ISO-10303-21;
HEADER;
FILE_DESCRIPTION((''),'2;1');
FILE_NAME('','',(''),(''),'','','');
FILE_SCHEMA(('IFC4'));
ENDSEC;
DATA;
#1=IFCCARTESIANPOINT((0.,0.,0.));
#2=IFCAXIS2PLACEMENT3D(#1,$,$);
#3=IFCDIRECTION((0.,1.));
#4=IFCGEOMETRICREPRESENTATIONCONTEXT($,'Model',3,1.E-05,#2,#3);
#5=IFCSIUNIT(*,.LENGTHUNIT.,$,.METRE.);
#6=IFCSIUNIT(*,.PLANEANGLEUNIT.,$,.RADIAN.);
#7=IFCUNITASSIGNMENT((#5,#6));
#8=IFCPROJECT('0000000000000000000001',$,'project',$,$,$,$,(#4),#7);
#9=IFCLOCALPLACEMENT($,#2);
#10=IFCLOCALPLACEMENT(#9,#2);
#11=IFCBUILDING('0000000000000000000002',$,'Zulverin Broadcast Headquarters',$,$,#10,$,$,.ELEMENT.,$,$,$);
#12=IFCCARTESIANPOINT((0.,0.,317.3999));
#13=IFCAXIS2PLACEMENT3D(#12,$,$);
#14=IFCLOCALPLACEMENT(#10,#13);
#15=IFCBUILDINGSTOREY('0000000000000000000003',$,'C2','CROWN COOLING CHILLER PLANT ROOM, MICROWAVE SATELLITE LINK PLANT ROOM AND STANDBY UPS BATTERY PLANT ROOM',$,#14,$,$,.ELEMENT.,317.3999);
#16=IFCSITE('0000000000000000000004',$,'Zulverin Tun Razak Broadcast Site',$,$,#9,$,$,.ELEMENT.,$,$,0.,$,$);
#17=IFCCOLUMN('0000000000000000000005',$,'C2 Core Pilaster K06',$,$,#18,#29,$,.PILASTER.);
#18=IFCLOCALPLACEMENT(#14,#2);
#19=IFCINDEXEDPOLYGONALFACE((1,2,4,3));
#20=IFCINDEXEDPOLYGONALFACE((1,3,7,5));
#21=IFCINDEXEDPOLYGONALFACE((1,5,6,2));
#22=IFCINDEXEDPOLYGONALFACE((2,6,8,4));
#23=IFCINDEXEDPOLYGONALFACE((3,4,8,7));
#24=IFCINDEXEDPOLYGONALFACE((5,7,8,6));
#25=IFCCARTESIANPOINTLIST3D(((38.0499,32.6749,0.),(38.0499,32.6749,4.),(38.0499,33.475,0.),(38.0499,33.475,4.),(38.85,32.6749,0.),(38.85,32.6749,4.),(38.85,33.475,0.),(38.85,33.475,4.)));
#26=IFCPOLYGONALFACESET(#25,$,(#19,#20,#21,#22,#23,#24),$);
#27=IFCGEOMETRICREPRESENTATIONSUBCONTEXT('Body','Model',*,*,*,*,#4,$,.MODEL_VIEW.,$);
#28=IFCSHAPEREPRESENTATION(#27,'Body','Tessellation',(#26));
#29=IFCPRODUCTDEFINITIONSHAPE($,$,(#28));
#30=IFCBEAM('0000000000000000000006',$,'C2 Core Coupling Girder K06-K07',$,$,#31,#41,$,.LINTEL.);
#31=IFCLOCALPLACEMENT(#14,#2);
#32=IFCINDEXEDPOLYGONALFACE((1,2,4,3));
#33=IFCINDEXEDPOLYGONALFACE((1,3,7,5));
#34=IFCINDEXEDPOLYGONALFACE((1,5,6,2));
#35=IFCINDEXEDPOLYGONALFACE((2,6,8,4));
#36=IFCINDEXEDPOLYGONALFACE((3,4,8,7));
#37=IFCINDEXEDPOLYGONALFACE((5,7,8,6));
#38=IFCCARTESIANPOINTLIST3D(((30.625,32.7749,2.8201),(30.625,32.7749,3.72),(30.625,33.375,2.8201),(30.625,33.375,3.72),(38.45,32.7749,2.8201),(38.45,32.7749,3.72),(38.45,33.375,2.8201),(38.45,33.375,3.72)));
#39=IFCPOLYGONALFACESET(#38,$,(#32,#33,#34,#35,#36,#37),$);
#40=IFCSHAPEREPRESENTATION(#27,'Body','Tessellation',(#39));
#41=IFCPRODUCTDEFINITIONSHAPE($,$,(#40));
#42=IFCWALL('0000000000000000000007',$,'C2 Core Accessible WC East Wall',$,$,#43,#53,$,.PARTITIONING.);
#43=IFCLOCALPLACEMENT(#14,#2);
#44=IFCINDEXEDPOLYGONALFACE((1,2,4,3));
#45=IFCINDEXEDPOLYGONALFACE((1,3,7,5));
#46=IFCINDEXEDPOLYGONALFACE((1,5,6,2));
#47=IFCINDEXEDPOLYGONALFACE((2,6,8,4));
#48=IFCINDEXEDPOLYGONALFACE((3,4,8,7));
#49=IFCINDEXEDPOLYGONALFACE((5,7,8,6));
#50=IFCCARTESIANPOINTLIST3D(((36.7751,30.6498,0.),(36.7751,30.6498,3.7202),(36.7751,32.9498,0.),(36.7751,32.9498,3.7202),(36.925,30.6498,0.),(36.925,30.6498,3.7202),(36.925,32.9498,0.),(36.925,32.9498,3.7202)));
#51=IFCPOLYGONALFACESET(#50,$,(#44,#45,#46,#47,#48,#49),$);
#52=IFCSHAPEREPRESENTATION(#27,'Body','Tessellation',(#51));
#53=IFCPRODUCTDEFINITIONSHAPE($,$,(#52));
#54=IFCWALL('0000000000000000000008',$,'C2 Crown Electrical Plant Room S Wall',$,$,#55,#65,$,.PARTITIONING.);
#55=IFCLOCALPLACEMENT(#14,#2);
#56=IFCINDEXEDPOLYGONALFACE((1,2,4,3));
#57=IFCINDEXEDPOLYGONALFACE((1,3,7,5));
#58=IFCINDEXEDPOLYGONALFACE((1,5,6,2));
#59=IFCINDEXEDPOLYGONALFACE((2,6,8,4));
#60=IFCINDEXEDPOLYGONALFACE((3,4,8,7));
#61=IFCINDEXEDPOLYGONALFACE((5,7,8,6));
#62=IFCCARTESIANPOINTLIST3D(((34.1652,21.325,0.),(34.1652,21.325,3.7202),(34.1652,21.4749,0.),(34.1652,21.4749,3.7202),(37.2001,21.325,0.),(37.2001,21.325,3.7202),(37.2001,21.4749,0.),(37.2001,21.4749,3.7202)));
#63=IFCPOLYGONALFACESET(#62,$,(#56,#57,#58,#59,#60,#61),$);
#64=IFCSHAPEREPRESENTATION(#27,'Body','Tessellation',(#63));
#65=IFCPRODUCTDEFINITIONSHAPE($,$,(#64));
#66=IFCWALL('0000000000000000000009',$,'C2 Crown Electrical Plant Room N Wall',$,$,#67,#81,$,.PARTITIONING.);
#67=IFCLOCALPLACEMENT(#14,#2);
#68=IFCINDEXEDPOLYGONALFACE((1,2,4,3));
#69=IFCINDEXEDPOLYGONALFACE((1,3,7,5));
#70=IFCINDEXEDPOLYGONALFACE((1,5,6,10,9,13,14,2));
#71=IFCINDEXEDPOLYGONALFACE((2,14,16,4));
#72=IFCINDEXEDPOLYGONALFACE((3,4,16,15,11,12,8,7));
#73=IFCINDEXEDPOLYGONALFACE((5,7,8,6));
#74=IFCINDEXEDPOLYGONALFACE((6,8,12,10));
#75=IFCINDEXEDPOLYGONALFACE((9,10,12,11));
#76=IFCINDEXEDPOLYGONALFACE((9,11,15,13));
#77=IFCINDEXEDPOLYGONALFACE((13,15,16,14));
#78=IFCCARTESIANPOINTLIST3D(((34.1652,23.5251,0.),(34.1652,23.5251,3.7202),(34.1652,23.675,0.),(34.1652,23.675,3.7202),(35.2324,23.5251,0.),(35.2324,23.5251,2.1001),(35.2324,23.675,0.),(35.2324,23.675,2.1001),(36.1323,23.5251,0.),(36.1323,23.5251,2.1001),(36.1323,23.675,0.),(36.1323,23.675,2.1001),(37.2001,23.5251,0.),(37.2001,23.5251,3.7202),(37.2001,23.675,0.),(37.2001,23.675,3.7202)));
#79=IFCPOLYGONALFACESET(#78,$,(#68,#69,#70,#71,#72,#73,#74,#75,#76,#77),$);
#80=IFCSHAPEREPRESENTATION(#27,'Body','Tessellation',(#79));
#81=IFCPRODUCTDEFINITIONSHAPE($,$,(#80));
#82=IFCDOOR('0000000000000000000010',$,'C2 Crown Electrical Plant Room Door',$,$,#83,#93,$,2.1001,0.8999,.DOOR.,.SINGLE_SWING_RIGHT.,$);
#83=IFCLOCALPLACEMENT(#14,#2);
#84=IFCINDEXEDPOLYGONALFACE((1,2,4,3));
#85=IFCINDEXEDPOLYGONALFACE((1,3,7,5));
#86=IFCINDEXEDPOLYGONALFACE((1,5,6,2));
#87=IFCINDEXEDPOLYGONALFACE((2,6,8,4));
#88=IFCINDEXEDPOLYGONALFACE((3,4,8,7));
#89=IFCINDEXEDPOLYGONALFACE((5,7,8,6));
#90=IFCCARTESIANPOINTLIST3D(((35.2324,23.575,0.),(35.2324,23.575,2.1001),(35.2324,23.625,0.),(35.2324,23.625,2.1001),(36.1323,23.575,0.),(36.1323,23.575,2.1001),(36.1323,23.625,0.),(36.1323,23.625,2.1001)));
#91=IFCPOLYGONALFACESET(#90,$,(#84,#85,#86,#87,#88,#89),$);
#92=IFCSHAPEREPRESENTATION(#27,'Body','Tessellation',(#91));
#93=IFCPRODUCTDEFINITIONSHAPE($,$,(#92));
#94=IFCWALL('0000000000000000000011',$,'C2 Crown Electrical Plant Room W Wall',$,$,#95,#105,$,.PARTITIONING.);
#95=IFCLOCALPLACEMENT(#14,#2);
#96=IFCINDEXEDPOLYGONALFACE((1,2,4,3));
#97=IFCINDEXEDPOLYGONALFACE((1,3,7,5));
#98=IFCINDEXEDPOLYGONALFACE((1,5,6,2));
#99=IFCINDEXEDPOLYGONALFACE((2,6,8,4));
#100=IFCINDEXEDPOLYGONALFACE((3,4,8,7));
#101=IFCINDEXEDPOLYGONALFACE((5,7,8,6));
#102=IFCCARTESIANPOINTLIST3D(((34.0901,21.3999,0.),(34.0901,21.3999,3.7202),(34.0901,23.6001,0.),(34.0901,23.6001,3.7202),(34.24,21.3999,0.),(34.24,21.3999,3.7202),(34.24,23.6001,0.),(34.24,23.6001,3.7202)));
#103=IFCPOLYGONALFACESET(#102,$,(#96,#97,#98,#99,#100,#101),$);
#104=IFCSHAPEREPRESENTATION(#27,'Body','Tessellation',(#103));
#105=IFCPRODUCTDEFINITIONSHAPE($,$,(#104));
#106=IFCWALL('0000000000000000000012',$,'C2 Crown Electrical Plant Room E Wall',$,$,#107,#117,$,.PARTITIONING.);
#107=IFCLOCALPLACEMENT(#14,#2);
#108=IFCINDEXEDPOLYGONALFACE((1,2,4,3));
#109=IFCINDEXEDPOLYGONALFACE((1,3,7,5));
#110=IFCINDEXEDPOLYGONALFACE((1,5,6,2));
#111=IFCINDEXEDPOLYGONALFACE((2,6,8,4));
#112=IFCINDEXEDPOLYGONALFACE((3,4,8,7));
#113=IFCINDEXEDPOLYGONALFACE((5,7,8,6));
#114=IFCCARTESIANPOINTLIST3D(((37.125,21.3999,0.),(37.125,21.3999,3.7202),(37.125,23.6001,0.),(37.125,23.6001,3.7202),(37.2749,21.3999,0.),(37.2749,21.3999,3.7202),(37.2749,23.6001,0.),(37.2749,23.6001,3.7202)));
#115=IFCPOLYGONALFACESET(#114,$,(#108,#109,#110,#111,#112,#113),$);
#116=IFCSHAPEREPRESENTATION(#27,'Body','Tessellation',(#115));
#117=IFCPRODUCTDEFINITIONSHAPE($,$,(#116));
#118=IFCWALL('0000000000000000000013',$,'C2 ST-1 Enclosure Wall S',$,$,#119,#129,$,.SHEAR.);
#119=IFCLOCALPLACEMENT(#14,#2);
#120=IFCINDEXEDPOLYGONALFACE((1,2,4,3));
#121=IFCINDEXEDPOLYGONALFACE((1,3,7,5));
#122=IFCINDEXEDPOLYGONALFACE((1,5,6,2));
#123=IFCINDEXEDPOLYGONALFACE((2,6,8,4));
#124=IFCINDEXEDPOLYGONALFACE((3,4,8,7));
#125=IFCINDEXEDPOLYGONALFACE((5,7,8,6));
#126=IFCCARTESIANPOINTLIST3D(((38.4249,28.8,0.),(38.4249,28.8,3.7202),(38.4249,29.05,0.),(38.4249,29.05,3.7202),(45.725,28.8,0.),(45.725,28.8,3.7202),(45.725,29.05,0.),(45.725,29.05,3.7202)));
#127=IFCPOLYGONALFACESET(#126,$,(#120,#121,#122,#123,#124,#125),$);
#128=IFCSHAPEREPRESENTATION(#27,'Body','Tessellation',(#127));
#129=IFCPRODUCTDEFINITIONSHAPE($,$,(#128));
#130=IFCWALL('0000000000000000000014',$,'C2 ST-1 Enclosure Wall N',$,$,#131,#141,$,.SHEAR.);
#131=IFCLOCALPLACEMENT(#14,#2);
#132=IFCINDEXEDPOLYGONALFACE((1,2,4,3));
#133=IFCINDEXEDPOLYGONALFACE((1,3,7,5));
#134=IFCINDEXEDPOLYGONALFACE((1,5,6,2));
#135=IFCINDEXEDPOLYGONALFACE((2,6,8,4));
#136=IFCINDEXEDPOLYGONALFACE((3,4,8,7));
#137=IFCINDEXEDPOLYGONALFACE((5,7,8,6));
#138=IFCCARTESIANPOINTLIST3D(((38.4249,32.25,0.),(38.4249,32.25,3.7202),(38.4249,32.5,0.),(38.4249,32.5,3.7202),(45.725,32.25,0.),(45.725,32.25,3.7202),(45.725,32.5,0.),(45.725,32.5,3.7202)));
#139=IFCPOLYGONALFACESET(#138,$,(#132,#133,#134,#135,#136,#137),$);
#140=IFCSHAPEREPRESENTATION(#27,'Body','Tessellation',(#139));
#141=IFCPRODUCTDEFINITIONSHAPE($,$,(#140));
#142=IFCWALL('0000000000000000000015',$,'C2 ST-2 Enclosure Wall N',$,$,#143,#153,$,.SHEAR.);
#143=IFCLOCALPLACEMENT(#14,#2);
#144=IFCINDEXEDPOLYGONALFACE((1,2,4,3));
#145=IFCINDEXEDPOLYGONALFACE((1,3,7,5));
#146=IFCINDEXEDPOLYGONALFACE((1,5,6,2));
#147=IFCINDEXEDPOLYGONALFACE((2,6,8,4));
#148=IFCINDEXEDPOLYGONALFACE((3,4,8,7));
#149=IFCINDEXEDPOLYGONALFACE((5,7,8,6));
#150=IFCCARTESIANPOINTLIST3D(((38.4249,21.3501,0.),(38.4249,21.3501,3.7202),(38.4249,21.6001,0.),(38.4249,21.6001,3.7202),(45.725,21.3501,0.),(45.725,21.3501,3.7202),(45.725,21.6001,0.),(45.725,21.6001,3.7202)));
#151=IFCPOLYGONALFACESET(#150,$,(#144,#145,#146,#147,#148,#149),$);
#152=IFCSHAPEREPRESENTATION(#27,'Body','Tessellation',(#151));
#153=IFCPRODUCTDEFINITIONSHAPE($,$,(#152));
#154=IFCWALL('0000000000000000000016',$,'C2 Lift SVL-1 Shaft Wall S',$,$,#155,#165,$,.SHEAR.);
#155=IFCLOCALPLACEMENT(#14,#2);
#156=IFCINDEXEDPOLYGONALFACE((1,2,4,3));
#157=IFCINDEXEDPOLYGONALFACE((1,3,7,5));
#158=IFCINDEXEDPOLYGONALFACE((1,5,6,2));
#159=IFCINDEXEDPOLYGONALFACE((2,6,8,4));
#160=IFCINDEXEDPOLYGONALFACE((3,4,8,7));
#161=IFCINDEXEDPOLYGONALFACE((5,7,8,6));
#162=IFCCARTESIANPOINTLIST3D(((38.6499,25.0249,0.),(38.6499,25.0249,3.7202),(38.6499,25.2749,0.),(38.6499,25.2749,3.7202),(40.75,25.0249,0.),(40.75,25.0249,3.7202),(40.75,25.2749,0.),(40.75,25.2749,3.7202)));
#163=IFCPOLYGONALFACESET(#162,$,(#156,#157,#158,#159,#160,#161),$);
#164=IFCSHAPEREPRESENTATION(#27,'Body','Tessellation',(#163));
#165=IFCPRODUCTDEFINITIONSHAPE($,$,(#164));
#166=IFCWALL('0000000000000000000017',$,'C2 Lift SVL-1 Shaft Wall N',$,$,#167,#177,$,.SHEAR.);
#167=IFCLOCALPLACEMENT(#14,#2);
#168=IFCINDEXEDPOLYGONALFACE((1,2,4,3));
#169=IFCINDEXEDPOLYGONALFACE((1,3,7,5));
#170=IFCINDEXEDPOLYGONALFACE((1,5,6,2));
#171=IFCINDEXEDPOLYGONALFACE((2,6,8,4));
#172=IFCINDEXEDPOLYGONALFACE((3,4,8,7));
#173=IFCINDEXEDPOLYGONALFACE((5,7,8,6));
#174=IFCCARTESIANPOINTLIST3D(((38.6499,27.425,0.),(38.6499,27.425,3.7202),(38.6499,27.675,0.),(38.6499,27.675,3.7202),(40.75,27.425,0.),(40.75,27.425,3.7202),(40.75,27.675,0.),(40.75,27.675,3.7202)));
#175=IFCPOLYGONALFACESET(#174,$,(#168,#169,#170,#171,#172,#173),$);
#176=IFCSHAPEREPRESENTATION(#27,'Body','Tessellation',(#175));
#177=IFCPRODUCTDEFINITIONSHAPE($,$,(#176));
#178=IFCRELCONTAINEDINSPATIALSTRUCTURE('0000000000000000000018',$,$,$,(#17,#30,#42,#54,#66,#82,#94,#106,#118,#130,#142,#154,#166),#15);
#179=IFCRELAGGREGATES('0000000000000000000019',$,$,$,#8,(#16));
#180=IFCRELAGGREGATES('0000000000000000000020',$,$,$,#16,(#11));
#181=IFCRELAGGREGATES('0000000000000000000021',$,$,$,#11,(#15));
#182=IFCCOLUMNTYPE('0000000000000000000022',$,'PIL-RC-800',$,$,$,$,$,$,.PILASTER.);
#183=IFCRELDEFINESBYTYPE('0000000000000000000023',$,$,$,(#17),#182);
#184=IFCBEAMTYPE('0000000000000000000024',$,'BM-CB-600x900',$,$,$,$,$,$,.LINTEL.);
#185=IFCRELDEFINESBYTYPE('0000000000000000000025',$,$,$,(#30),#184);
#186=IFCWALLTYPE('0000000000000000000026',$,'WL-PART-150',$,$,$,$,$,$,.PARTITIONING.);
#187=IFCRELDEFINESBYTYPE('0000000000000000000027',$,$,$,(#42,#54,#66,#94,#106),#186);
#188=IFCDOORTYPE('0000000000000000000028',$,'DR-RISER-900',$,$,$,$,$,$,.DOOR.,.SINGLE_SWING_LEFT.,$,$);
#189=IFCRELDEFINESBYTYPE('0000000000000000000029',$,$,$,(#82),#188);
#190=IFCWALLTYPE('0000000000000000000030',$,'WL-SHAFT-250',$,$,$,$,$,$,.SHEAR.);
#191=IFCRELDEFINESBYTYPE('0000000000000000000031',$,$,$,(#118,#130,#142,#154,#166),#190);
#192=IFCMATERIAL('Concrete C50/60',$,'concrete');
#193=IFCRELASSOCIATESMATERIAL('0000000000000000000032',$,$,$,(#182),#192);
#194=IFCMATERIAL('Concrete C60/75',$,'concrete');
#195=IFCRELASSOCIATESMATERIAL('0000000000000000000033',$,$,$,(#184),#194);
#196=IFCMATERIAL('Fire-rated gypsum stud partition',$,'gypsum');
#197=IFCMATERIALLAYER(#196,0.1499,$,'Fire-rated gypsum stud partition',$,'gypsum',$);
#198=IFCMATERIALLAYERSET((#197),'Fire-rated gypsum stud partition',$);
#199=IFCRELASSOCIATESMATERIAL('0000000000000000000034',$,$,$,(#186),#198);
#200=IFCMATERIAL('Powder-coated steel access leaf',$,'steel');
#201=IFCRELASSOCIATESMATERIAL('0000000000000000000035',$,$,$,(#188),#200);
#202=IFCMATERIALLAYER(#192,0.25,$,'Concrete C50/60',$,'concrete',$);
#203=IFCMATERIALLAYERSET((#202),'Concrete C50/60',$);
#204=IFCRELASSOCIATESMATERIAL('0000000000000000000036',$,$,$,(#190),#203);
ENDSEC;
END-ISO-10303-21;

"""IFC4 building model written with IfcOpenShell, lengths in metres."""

from ifc_helpers import new_model, si_unit, direction, frame, frame_2d, origin, origin_2d, place, context, subcontext, project, spatial, rectangle, extrude, material, layer, layer_set, material_profile, profile_set, type_object, element, fill, save


model = new_model("IFC4")

# Units and contexts
model_context = context("Model", 3, precision=1e-05, world=origin(), true_north=direction((0.0, 1.0)))
body_context = subcontext(model_context, "Body", "Model", "MODEL_VIEW")
ifc_project = project(units=[si_unit("LENGTHUNIT", "METRE"), si_unit("PLANEANGLEUNIT", "RADIAN")], contexts=[model_context])

# Site, building, storey
site_placement = place(None, origin())
site = spatial("IfcSite", under=ifc_project, at=site_placement, Name="Zulverin Tun Razak Broadcast Site", CompositionType="ELEMENT", RefElevation=0.0)
building_placement = place(site_placement, origin())
building = spatial("IfcBuilding", under=site, at=building_placement, Name="Zulverin Broadcast Headquarters", CompositionType="ELEMENT")
storey_placement = place(building_placement, frame((0.0, 0.0, 317.3999)))
storey = spatial("IfcBuildingStorey", under=building, at=storey_placement, Name="C2", Description="CROWN COOLING CHILLER PLANT ROOM, MICROWAVE SATELLITE LINK PLANT ROOM AND STANDBY UPS BATTERY PLANT ROOM", CompositionType="ELEMENT", Elevation=317.3999)

# Column
ifc_material_1 = material(Name="Concrete C50/60", Category="concrete")
ifc_material_profile_1 = material_profile(ifc_material_1, rectangle(XDim=0.8, YDim=0.8, at=origin_2d()), Name="Concrete C50/60", Category="concrete")
ifc_profile_set_1 = profile_set([ifc_material_profile_1], Name="Concrete C50/60")
column_type = type_object("IfcColumnType", Name="PIL-RC-800", PredefinedType="PILASTER", material=ifc_profile_set_1)
column_placement = place(storey_placement, frame((38.45, 33.075, 0.0), z_axis=(0.0, 0.0, 1.0), x_axis=(1.0, 0.0, 0.0)))
element("IfcColumn", 1, at=column_placement, inside=storey, type_object=column_type, Name="C2 Core Pilaster K06", PredefinedType="PILASTER", context=body_context, shape_type="SweptSolid", body=[
    extrude(rectangle(XDim=0.8, YDim=0.8, at=origin_2d()), origin(), (0.0, 0.0, 1.0), 4.0),
])

# Beam
ifc_material_2 = material(Name="Concrete C60/75", Category="concrete")
ifc_material_profile_2 = material_profile(ifc_material_2, rectangle(XDim=0.6001, YDim=0.8999, at=origin_2d()), Name="Concrete C60/75", Category="concrete")
ifc_profile_set_2 = profile_set([ifc_material_profile_2], Name="Concrete C60/75")
beam_type = type_object("IfcBeamType", Name="BM-CB-600x900", PredefinedType="LINTEL", material=ifc_profile_set_2)
beam_placement = place(storey_placement, frame((38.45, 33.075, 3.27), z_axis=(-1.0, 0.0, 0.0), x_axis=(0.0, -1.0, 0.0)))
element("IfcBeam", 2, at=beam_placement, inside=storey, type_object=beam_type, Name="C2 Core Coupling Girder K06-K07", PredefinedType="LINTEL", context=body_context, shape_type="SweptSolid", body=[
    extrude(rectangle(XDim=0.6001, YDim=0.8999, at=origin_2d()), origin(), (0.0, 0.0, 1.0), 7.825),
])

# Walls
ifc_material_3 = material(Name="Fire-rated gypsum stud partition", Category="gypsum")
ifc_layer_1 = layer(ifc_material_3, 0.1499, Name="Fire-rated gypsum stud partition", Category="gypsum")
ifc_layer_set_1 = layer_set([ifc_layer_1], Name="Fire-rated gypsum stud partition")
wall_type_1 = type_object("IfcWallType", Name="WL-PART-150", PredefinedType="PARTITIONING", material=ifc_layer_set_1)
wall_1_placement = place(storey_placement, frame((36.8501, 30.6499, 0.0), z_axis=(0.0, 0.0, 1.0), x_axis=(0.0, 1.0, 0.0)))
element("IfcWall", 3, at=wall_1_placement, inside=storey, type_object=wall_type_1, Name="C2 Core Accessible WC East Wall", PredefinedType="PARTITIONING", context=body_context, shape_type="SweptSolid", body=[
    extrude(rectangle(XDim=2.3, YDim=0.1499, at=frame_2d((1.1499, 0.0))), origin(), (0.0, 0.0, 1.0), 3.7202),
])
wall_2_placement = place(storey_placement, frame((34.165, 21.3999, 0.0), z_axis=(0.0, 0.0, 1.0), x_axis=(1.0, 0.0, 0.0)))
element("IfcWall", 4, at=wall_2_placement, inside=storey, type_object=wall_type_1, Name="C2 Crown Electrical Plant Room S Wall", PredefinedType="PARTITIONING", context=body_context, shape_type="SweptSolid", body=[
    extrude(rectangle(XDim=3.0349, YDim=0.1499, at=frame_2d((1.5176, 0.0))), origin(), (0.0, 0.0, 1.0), 3.7202),
])

# Wall, opening, door
wall_3_placement = place(storey_placement, frame((34.165, 23.6001, 0.0), z_axis=(0.0, 0.0, 1.0), x_axis=(1.0, 0.0, 0.0)))
wall_3 = element("IfcWall", 5, at=wall_3_placement, inside=storey, type_object=wall_type_1, Name="C2 Crown Electrical Plant Room N Wall", PredefinedType="PARTITIONING", context=body_context, shape_type="SweptSolid", body=[
    extrude(rectangle(XDim=3.0349, YDim=0.1499, at=frame_2d((1.5176, 0.0))), origin(), (0.0, 0.0, 1.0), 3.7202),
])
opening_1_placement = place(wall_3_placement, frame((1.0674, 0.0, 0.0)))
opening_1 = element("IfcOpeningElement", 6, at=opening_1_placement, cuts=wall_3, PredefinedType="OPENING", context=body_context, shape_type="SweptSolid", body=[
    extrude(rectangle(XDim=0.8999, YDim=2.1001, at=frame_2d((0.45, 1.05))), frame((0.0, 0.085, 0.0), z_axis=(0.0, -1.0, 0.0), x_axis=(1.0, 0.0, 0.0)), (0.0, 0.0, 1.0), 0.1699),
])
ifc_material_4 = material(Name="Powder-coated steel access leaf", Category="steel")
door_type_1 = type_object("IfcDoorType", Name="DR-RISER-900", OperationType="SINGLE_SWING_LEFT", PredefinedType="DOOR", material=ifc_material_4)
door_1_placement = place(opening_1_placement, origin())
door_1 = element("IfcDoor", 7, at=door_1_placement, inside=storey, type_object=door_type_1, Name="C2 Crown Electrical Plant Room Door", OperationType="SINGLE_SWING_RIGHT", OverallHeight=2.1001, OverallWidth=0.8999, PredefinedType="DOOR", context=body_context, shape_type="SweptSolid", body=[
    extrude(rectangle(XDim=0.8999, YDim=2.1001, at=frame_2d((0.45, 1.05))), frame((0.0, 0.0249, 0.0), z_axis=(0.0, -1.0, 0.0), x_axis=(1.0, 0.0, 0.0)), (0.0, 0.0, 1.0), 0.05),
])
fill(opening_1, door_1)

# Walls
for number, where, z_axis, x_axis, name in (
    (8, (34.165, 21.3999, 0.0), (0.0, 0.0, 1.0), (0.0, 1.0, 0.0), "C2 Crown Electrical Plant Room W Wall"),
    (9, (37.2, 21.3999, 0.0), (0.0, 0.0, 1.0), (0.0, 1.0, 0.0), "C2 Crown Electrical Plant Room E Wall"),
):
    element("IfcWall", number, at=place(storey_placement, frame(where, z_axis=z_axis, x_axis=x_axis)), inside=storey, type_object=wall_type_1, Name=name, PredefinedType="PARTITIONING", context=body_context, shape_type="SweptSolid", body=[
        extrude(rectangle(XDim=2.2002, YDim=0.1499, at=frame_2d((1.1001, 0.0))), origin(), (0.0, 0.0, 1.0), 3.7202),
    ])
ifc_layer_2 = layer(ifc_material_1, 0.25, Name="Concrete C50/60", Category="concrete")
ifc_layer_set_2 = layer_set([ifc_layer_2], Name="Concrete C50/60")
wall_type_2 = type_object("IfcWallType", Name="WL-SHAFT-250", PredefinedType="SHEAR", material=ifc_layer_set_2)
for number, where, z_axis, x_axis, name in (
    (10, (38.425, 28.925, 0.0), (0.0, 0.0, 1.0), (1.0, 0.0, 0.0), "C2 ST-1 Enclosure Wall S"),
    (11, (38.425, 32.375, 0.0), (0.0, 0.0, 1.0), (1.0, 0.0, 0.0), "C2 ST-1 Enclosure Wall N"),
):
    element("IfcWall", number, at=place(storey_placement, frame(where, z_axis=z_axis, x_axis=x_axis)), inside=storey, type_object=wall_type_2, Name=name, PredefinedType="SHEAR", context=body_context, shape_type="SweptSolid", body=[
        extrude(rectangle(XDim=7.3, YDim=0.25, at=frame_2d((3.6499, 0.0))), origin(), (0.0, 0.0, 1.0), 3.7202),
    ])

# Walls
wall_4_placement = place(storey_placement, frame((38.425, 21.4751, 0.0), z_axis=(0.0, 0.0, 1.0), x_axis=(1.0, 0.0, 0.0)))
element("IfcWall", 12, at=wall_4_placement, inside=storey, type_object=wall_type_2, Name="C2 ST-2 Enclosure Wall N", PredefinedType="SHEAR", context=body_context, shape_type="SweptSolid", body=[
    extrude(rectangle(XDim=7.3, YDim=0.25, at=frame_2d((3.6499, 0.0))), origin(), (0.0, 0.0, 1.0), 3.7202),
])
for number, where, z_axis, x_axis, name in (
    (13, (38.6499, 25.1499, 0.0), (0.0, 0.0, 1.0), (1.0, 0.0, 0.0), "C2 Lift SVL-1 Shaft Wall S"),
    (14, (38.6499, 27.55, 0.0), (0.0, 0.0, 1.0), (1.0, 0.0, 0.0), "C2 Lift SVL-1 Shaft Wall N"),
):
    element("IfcWall", number, at=place(storey_placement, frame(where, z_axis=z_axis, x_axis=x_axis)), inside=storey, type_object=wall_type_2, Name=name, PredefinedType="SHEAR", context=body_context, shape_type="SweptSolid", body=[
        extrude(rectangle(XDim=2.1001, YDim=0.25, at=frame_2d((1.05, 0.0))), origin(), (0.0, 0.0, 1.0), 3.7202),
    ])

save(model, "model.ifc")
